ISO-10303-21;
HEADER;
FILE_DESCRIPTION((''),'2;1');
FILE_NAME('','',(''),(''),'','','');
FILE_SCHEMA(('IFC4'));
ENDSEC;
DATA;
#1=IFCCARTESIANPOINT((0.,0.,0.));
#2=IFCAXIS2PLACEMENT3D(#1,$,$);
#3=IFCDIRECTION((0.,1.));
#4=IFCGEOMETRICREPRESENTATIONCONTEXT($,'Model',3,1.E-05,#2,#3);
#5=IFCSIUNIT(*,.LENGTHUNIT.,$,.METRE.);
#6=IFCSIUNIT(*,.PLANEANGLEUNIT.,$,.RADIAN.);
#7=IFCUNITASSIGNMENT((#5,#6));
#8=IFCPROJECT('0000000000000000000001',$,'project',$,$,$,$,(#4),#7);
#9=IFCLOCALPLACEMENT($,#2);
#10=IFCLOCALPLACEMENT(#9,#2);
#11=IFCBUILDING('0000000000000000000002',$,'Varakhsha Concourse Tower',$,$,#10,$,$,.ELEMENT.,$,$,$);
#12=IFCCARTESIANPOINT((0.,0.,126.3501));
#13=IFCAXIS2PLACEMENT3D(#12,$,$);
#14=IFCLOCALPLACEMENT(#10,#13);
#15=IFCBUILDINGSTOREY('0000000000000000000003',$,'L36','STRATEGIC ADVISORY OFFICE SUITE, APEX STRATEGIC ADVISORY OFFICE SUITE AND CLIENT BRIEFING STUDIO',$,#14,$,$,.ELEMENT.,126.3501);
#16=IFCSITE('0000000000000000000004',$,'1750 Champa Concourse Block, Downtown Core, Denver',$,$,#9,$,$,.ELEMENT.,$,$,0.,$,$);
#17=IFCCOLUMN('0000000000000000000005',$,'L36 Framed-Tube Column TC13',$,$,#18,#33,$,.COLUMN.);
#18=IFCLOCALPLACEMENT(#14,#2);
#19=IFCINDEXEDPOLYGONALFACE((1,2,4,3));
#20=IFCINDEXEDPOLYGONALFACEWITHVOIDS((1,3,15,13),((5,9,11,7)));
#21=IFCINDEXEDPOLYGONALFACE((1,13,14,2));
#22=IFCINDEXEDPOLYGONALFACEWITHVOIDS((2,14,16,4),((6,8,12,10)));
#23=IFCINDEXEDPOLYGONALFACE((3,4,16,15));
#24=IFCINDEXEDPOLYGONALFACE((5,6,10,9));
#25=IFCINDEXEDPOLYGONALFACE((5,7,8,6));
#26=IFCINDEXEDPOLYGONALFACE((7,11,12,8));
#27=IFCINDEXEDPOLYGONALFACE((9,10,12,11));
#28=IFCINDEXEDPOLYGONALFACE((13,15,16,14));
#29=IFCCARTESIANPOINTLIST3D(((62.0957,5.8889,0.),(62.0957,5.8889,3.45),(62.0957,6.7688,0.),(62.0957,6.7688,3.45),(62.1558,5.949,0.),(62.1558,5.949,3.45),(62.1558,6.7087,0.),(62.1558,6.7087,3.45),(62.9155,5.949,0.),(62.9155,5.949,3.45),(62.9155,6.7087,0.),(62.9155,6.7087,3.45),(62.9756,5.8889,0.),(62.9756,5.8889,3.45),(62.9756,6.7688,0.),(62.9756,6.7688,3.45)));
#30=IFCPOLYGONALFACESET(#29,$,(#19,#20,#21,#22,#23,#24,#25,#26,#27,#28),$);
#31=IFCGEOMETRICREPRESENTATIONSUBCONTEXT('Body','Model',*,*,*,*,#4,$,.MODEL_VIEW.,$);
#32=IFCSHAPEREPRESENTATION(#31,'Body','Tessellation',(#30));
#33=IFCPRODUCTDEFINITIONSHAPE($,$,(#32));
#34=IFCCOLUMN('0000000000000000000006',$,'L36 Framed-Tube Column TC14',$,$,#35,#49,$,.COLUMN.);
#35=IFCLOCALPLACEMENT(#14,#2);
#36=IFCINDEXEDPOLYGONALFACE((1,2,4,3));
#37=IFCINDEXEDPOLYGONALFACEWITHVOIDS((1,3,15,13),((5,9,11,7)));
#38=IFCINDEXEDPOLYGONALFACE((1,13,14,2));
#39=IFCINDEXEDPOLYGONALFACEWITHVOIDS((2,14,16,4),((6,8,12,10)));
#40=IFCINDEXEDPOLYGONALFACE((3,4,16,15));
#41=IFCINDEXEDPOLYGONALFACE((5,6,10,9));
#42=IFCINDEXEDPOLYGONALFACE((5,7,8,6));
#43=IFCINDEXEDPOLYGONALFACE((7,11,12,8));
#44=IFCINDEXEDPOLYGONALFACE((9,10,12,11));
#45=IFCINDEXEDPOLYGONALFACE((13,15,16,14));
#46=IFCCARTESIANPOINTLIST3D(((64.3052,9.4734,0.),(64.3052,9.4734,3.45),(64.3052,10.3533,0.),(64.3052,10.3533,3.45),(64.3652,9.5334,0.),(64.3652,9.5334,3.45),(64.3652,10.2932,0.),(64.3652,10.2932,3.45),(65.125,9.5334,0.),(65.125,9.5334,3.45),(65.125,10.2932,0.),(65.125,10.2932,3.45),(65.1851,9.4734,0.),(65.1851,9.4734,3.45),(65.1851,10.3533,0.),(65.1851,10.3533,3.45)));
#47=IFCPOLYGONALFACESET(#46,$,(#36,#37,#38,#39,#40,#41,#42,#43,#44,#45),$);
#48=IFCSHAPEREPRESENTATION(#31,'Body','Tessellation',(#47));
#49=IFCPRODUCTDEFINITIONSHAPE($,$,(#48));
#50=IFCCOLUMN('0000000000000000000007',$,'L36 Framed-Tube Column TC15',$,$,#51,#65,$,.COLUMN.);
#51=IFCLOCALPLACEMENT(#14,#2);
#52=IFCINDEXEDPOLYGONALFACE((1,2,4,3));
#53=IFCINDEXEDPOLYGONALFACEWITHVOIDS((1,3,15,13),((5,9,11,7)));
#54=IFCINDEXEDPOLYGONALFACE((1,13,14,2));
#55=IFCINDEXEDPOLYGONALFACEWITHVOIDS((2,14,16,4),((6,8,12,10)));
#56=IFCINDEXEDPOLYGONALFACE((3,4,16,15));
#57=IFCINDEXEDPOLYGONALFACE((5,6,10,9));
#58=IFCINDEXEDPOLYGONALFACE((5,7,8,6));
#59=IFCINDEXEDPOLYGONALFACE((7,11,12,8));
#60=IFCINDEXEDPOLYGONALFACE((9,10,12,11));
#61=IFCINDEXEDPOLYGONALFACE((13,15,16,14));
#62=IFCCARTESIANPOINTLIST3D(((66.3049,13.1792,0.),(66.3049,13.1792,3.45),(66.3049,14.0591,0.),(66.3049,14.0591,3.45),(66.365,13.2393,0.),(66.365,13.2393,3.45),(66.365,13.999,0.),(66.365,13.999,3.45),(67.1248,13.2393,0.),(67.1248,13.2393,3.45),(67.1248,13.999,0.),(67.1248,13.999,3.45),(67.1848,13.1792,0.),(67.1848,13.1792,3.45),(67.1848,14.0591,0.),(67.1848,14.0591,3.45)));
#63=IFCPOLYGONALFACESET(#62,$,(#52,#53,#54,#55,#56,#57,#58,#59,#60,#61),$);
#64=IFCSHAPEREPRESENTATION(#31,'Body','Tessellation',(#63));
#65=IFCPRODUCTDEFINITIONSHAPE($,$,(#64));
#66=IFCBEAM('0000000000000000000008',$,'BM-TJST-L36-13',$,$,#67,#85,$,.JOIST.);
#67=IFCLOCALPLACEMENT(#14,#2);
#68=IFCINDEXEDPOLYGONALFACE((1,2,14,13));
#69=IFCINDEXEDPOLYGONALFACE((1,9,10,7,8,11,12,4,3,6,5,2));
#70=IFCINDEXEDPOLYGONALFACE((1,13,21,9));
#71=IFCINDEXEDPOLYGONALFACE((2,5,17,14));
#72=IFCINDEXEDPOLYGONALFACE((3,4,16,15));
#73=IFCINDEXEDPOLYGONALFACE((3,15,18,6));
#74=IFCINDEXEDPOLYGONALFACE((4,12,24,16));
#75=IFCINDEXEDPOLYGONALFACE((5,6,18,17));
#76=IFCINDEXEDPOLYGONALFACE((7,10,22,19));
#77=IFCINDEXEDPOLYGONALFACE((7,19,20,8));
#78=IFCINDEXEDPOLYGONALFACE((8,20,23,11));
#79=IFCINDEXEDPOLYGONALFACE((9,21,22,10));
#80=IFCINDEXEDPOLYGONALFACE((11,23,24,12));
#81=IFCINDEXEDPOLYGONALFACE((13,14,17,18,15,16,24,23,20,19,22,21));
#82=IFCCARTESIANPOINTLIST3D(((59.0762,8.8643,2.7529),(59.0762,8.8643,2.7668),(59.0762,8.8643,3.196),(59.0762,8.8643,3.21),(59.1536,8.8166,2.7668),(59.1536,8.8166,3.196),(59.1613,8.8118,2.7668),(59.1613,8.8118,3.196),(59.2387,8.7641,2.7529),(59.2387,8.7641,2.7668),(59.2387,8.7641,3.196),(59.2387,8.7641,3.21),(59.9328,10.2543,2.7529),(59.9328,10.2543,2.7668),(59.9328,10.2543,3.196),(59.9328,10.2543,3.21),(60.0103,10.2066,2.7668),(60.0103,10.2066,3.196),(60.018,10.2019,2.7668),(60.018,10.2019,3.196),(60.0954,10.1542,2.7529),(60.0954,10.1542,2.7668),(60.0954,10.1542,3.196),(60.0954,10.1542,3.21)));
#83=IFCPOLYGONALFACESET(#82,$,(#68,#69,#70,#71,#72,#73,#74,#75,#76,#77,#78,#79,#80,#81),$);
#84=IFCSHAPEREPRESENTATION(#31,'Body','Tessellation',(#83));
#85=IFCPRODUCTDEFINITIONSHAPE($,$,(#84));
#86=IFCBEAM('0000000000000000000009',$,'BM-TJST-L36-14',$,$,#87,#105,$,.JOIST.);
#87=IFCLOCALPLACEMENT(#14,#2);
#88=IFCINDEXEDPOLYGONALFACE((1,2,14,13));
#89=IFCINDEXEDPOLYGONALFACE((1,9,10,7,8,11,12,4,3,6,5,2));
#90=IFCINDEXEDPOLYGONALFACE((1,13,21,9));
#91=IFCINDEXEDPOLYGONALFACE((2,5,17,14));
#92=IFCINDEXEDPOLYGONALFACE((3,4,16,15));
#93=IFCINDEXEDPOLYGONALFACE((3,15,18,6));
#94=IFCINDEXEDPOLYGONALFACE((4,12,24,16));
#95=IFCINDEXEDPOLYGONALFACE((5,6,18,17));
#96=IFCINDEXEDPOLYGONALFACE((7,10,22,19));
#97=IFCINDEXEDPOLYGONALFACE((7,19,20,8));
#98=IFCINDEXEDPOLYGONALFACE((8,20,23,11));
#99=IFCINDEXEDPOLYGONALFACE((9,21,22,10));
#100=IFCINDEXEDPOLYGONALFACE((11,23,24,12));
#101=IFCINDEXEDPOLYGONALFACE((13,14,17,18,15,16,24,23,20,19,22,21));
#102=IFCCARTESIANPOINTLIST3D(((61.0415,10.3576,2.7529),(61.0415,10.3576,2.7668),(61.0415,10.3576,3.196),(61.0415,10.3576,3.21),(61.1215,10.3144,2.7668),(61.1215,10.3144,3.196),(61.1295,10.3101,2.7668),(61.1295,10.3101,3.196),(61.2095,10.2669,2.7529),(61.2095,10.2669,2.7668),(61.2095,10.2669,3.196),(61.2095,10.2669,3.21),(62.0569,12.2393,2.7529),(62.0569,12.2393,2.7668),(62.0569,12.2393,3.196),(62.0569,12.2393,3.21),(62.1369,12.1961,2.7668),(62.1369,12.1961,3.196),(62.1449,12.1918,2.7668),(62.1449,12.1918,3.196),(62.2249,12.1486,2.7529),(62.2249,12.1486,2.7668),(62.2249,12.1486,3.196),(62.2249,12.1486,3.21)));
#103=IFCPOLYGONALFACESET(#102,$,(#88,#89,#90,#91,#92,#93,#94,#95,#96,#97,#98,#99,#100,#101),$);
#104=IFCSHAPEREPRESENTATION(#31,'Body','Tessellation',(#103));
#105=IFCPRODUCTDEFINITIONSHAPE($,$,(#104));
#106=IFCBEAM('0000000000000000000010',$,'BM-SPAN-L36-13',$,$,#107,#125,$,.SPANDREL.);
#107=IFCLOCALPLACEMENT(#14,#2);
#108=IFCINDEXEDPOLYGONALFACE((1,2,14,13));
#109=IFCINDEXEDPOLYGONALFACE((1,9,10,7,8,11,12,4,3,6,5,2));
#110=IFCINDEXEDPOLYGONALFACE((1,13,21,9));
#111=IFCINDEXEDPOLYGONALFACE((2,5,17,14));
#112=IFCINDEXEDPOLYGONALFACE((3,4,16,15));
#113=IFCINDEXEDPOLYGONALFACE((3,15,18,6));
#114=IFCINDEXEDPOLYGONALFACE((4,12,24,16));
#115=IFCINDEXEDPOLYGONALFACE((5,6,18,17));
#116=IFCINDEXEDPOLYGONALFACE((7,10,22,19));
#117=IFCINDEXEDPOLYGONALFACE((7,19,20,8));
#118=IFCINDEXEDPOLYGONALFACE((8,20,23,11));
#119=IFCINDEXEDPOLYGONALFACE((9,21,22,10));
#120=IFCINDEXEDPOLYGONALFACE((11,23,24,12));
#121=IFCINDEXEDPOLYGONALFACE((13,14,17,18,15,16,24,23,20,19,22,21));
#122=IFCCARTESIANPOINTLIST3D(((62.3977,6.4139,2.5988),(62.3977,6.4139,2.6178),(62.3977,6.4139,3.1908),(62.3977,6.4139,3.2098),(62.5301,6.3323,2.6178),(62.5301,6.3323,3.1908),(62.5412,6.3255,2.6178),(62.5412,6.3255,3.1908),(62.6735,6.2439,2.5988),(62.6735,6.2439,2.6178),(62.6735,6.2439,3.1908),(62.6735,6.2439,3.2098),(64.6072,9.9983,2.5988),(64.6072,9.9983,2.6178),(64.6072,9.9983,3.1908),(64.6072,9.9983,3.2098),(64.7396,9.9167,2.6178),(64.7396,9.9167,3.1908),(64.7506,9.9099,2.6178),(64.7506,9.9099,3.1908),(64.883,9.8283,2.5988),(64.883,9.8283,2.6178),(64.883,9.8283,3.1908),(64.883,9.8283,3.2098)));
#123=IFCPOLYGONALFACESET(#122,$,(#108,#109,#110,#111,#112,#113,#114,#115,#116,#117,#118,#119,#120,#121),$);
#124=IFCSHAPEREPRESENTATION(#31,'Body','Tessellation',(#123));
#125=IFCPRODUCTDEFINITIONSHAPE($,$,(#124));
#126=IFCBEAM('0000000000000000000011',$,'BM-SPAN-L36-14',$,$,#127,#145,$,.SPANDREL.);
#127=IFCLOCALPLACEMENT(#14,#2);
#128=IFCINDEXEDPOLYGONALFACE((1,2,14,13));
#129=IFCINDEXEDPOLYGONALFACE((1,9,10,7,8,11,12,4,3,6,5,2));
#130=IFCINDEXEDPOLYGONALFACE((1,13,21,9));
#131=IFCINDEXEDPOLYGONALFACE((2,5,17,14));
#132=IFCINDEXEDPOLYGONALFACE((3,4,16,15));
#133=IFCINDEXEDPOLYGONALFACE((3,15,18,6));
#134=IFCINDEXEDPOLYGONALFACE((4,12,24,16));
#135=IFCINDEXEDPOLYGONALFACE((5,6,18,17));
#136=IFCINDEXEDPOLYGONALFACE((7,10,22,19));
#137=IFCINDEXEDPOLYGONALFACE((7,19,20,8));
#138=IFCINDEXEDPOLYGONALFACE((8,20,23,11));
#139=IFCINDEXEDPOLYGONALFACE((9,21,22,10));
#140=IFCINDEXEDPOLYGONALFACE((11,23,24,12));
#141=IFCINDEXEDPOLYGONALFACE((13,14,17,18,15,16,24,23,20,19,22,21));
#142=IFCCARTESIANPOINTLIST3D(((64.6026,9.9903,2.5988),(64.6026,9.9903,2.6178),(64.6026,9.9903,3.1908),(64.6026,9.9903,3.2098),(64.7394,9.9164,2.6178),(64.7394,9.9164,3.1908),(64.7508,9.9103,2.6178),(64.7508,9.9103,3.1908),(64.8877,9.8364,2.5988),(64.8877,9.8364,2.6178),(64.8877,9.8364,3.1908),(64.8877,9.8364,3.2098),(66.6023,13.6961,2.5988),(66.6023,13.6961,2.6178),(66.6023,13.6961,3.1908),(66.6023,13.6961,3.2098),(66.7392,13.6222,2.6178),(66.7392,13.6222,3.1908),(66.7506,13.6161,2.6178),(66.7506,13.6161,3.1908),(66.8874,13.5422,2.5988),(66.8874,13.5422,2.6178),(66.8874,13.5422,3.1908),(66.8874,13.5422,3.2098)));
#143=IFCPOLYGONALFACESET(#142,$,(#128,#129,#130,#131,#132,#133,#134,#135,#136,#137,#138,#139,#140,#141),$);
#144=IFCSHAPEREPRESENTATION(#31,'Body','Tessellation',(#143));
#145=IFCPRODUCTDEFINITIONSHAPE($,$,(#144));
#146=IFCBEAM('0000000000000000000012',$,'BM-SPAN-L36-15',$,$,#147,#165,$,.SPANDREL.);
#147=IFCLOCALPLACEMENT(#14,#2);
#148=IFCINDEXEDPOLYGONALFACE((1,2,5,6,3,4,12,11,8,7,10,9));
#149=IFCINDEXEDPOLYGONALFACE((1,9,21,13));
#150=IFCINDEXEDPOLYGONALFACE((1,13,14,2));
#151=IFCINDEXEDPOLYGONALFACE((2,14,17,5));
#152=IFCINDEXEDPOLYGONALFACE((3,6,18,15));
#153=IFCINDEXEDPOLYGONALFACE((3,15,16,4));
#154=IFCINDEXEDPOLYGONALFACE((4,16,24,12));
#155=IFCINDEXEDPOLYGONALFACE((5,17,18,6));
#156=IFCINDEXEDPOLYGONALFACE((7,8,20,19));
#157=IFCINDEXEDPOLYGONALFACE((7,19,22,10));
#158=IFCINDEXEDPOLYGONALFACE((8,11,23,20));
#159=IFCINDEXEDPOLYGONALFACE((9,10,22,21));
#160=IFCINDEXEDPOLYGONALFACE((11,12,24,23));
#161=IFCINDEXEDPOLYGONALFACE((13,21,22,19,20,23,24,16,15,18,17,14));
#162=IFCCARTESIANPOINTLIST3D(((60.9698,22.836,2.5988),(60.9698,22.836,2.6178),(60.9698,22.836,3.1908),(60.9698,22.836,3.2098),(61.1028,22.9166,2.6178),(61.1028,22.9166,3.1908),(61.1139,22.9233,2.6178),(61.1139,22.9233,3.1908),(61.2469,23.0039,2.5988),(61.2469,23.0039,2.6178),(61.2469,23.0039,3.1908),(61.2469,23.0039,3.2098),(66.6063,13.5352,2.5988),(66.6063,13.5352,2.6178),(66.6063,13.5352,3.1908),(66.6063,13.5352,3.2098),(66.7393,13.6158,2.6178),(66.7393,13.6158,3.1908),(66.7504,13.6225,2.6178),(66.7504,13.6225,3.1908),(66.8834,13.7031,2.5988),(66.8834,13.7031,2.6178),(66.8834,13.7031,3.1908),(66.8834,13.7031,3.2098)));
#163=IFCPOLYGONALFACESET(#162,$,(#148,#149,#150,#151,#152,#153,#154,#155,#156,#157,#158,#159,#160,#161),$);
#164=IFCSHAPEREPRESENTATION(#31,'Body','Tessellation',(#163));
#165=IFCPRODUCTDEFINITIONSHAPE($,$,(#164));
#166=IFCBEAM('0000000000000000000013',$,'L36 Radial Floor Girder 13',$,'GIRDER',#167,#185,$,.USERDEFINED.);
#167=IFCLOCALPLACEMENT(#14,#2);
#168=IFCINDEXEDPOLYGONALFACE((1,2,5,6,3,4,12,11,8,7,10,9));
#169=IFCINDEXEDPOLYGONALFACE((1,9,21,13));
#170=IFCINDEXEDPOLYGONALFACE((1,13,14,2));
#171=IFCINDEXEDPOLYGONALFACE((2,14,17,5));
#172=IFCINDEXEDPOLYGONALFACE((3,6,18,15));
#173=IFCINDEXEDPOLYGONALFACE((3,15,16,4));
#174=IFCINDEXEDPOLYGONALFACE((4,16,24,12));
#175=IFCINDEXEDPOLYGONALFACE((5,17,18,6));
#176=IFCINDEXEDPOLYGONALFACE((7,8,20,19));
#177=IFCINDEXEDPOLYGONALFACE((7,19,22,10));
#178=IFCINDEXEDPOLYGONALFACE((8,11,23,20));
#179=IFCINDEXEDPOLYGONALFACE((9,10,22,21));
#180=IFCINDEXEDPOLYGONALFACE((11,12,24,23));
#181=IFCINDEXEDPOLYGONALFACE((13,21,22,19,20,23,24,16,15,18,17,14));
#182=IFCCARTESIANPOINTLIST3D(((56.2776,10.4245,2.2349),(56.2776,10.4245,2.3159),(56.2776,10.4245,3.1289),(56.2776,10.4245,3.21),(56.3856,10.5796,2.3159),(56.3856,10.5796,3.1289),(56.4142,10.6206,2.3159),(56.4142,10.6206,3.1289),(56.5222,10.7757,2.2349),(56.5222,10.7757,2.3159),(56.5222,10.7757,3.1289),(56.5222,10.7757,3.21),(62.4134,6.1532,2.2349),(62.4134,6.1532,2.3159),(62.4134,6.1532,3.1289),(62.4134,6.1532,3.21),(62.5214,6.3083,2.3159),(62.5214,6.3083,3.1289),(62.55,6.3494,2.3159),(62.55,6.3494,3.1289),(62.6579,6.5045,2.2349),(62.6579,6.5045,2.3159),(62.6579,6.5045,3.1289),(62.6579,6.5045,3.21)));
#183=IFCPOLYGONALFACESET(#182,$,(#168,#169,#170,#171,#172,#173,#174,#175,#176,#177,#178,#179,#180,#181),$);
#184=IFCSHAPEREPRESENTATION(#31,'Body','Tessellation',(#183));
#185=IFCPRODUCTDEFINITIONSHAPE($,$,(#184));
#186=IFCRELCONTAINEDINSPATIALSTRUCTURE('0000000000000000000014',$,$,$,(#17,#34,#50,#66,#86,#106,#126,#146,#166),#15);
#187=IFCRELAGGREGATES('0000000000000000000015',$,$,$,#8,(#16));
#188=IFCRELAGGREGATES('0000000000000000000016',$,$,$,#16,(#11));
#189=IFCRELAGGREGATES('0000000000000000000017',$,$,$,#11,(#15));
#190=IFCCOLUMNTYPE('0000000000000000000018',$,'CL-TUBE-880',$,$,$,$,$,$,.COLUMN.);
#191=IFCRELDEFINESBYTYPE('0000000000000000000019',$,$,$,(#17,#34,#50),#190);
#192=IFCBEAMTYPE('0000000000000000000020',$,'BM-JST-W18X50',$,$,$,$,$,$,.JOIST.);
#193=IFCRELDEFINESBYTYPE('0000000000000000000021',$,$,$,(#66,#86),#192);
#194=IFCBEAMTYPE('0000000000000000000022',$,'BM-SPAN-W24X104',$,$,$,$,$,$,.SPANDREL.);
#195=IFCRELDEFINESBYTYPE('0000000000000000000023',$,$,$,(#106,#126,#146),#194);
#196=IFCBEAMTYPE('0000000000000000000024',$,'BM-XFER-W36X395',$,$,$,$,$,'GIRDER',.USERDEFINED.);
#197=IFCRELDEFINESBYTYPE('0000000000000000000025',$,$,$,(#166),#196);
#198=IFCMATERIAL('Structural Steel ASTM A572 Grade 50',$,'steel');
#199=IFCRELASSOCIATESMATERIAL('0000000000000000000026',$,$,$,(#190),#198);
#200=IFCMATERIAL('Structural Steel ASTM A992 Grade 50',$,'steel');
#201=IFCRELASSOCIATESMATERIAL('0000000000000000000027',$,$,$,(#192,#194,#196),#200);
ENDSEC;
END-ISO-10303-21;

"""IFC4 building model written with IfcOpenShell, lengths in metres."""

from ifc_helpers import new_model, si_unit, direction, frame, origin, origin_2d, place, context, subcontext, project, spatial, hollow_rectangle, i_section, extrude, material, material_profile, profile_set, type_object, element, save


model = new_model("IFC4")

# Units and contexts
model_context = context("Model", 3, precision=1e-05, world=origin(), true_north=direction((0.0, 1.0)))
body_context = subcontext(model_context, "Body", "Model", "MODEL_VIEW")
ifc_project = project(units=[si_unit("LENGTHUNIT", "METRE"), si_unit("PLANEANGLEUNIT", "RADIAN")], contexts=[model_context])

# Site, building, storey
site_placement = place(None, origin())
site = spatial("IfcSite", under=ifc_project, at=site_placement, Name="1750 Champa Concourse Block, Downtown Core, Denver", CompositionType="ELEMENT", RefElevation=0.0)
building_placement = place(site_placement, origin())
building = spatial("IfcBuilding", under=site, at=building_placement, Name="Varakhsha Concourse Tower", CompositionType="ELEMENT")
storey_placement = place(building_placement, frame((0.0, 0.0, 126.3501)))
storey = spatial("IfcBuildingStorey", under=building, at=storey_placement, Name="L36", Description="STRATEGIC ADVISORY OFFICE SUITE, APEX STRATEGIC ADVISORY OFFICE SUITE AND CLIENT BRIEFING STUDIO", CompositionType="ELEMENT", Elevation=126.3501)

# Columns
ifc_material_1 = material(Name="Structural Steel ASTM A572 Grade 50", Category="steel")
ifc_material_profile_1 = material_profile(ifc_material_1, hollow_rectangle(XDim=0.8799, YDim=0.8799, WallThickness=0.0601, at=origin_2d()), Name="BOX 880x880x60")
ifc_profile_set_1 = profile_set([ifc_material_profile_1], Name="Structural Steel ASTM A572 Grade 50")
column_type = type_object("IfcColumnType", Name="CL-TUBE-880", PredefinedType="COLUMN", material=ifc_profile_set_1)
for number, where, z_axis, x_axis, name in (
    (1, (62.5356, 6.3289, 0.0), (0.0, 0.0, 1.0), (1.0, 0.0, 0.0), "L36 Framed-Tube Column TC13"),
    (2, (64.7451, 9.9133, 0.0), (0.0, 0.0, 1.0), (1.0, 0.0, 0.0), "L36 Framed-Tube Column TC14"),
    (3, (66.7449, 13.6191, 0.0), (0.0, 0.0, 1.0), (1.0, 0.0, 0.0), "L36 Framed-Tube Column TC15"),
):
    element("IfcColumn", number, at=place(storey_placement, frame(where, z_axis=z_axis, x_axis=x_axis)), inside=storey, type_object=column_type, Name=name, PredefinedType="COLUMN", context=body_context, shape_type="SweptSolid", body=[
        extrude(hollow_rectangle(XDim=0.8799, YDim=0.8799, WallThickness=0.0601, at=origin_2d()), origin(), (0.0, 0.0, 1.0), 3.45),
    ])

# Beams
ifc_material_2 = material(Name="Structural Steel ASTM A992 Grade 50", Category="steel")
ifc_material_profile_2 = material_profile(ifc_material_2, i_section(OverallWidth=0.1909, OverallDepth=0.457, WebThickness=0.009, FlangeThickness=0.0139, at=origin_2d()), Name="W18X50")
ifc_profile_set_2 = profile_set([ifc_material_profile_2], Name="Structural Steel ASTM A992 Grade 50")
beam_type_1 = type_object("IfcBeamType", Name="BM-JST-W18X50", PredefinedType="JOIST", material=ifc_profile_set_2)
beam_1_placement = place(storey_placement, frame((59.1575, 8.8142, 2.9814), z_axis=(0.52464, 0.851324, 0.0), x_axis=(-0.851324, 0.52464, 0.0)))
element("IfcBeam", 4, at=beam_1_placement, inside=storey, type_object=beam_type_1, Name="BM-TJST-L36-13", PredefinedType="JOIST", context=body_context, shape_type="SweptSolid", body=[
    extrude(i_section(OverallWidth=0.1909, OverallDepth=0.457, WebThickness=0.009, FlangeThickness=0.0139, at=origin_2d()), origin(), (0.0, 0.0, 1.0), 1.6328),
])
beam_2_placement = place(storey_placement, frame((61.1255, 10.3123, 2.9814), z_axis=(0.474903, 0.880038, 0.0), x_axis=(-0.880038, 0.474903, 0.0)))
element("IfcBeam", 5, at=beam_2_placement, inside=storey, type_object=beam_type_1, Name="BM-TJST-L36-14", PredefinedType="JOIST", context=body_context, shape_type="SweptSolid", body=[
    extrude(i_section(OverallWidth=0.1909, OverallDepth=0.457, WebThickness=0.009, FlangeThickness=0.0139, at=origin_2d()), origin(), (0.0, 0.0, 1.0), 2.1382),
])
ifc_material_profile_3 = material_profile(ifc_material_2, i_section(OverallWidth=0.324, OverallDepth=0.6111, WebThickness=0.0129, FlangeThickness=0.019, at=origin_2d()), Name="W24X104")
ifc_profile_set_3 = profile_set([ifc_material_profile_3], Name="Structural Steel ASTM A992 Grade 50")
beam_type_2 = type_object("IfcBeamType", Name="BM-SPAN-W24X104", PredefinedType="SPANDREL", material=ifc_profile_set_3)
beam_3_placement = place(storey_placement, frame((62.5356, 6.3289, 2.9043), z_axis=(0.524725, 0.851272, 0.0), x_axis=(-0.851272, 0.524725, 0.0)))
element("IfcBeam", 6, at=beam_3_placement, inside=storey, type_object=beam_type_2, Name="BM-SPAN-L36-13", PredefinedType="SPANDREL", context=body_context, shape_type="SweptSolid", body=[
    extrude(i_section(OverallWidth=0.324, OverallDepth=0.6111, WebThickness=0.0129, FlangeThickness=0.019, at=origin_2d()), origin(), (0.0, 0.0, 1.0), 4.2107),
])
beam_4_placement = place(storey_placement, frame((64.7451, 9.9133, 2.9043), z_axis=(0.474895, 0.880043, 0.0), x_axis=(-0.880043, 0.474895, 0.0)))
element("IfcBeam", 7, at=beam_4_placement, inside=storey, type_object=beam_type_2, Name="BM-SPAN-L36-14", PredefinedType="SPANDREL", context=body_context, shape_type="SweptSolid", body=[
    extrude(i_section(OverallWidth=0.324, OverallDepth=0.6111, WebThickness=0.0129, FlangeThickness=0.019, at=origin_2d()), origin(), (0.0, 0.0, 1.0), 4.2109),
])
beam_5_placement = place(storey_placement, frame((66.7449, 13.6191, 2.9043), z_axis=(-0.518277, 0.855213, 0.0), x_axis=(-0.855213, -0.518277, 0.0)))
element("IfcBeam", 8, at=beam_5_placement, inside=storey, type_object=beam_type_2, Name="BM-SPAN-L36-15", PredefinedType="SPANDREL", context=body_context, shape_type="SweptSolid", body=[
    extrude(i_section(OverallWidth=0.324, OverallDepth=0.6111, WebThickness=0.0129, FlangeThickness=0.019, at=origin_2d()), origin(), (0.0, 0.0, 1.0), 10.8755),
])
ifc_material_profile_4 = material_profile(ifc_material_2, i_section(OverallWidth=0.428, OverallDepth=0.9751, WebThickness=0.05, FlangeThickness=0.0811, at=origin_2d()), Name="W36X395")
ifc_profile_set_4 = profile_set([ifc_material_profile_4], Name="Structural Steel ASTM A992 Grade 50")
beam_type_3 = type_object("IfcBeamType", Name="BM-XFER-W36X395", ElementType="GIRDER", PredefinedType="USERDEFINED", material=ifc_profile_set_4)
beam_6_placement = place(storey_placement, frame((56.3999, 10.6001, 2.7224), z_axis=(0.820723, -0.571326, 0.0), x_axis=(0.571326, 0.820723, 0.0)))
element("IfcBeam", 9, at=beam_6_placement, inside=storey, type_object=beam_type_3, Name="L36 Radial Floor Girder 13", ObjectType="GIRDER", PredefinedType="USERDEFINED", context=body_context, shape_type="SweptSolid", body=[
    extrude(i_section(OverallWidth=0.428, OverallDepth=0.9751, WebThickness=0.05, FlangeThickness=0.0811, at=origin_2d()), origin(), (0.0, 0.0, 1.0), 7.4761),
])

save(model, "model.ifc")
